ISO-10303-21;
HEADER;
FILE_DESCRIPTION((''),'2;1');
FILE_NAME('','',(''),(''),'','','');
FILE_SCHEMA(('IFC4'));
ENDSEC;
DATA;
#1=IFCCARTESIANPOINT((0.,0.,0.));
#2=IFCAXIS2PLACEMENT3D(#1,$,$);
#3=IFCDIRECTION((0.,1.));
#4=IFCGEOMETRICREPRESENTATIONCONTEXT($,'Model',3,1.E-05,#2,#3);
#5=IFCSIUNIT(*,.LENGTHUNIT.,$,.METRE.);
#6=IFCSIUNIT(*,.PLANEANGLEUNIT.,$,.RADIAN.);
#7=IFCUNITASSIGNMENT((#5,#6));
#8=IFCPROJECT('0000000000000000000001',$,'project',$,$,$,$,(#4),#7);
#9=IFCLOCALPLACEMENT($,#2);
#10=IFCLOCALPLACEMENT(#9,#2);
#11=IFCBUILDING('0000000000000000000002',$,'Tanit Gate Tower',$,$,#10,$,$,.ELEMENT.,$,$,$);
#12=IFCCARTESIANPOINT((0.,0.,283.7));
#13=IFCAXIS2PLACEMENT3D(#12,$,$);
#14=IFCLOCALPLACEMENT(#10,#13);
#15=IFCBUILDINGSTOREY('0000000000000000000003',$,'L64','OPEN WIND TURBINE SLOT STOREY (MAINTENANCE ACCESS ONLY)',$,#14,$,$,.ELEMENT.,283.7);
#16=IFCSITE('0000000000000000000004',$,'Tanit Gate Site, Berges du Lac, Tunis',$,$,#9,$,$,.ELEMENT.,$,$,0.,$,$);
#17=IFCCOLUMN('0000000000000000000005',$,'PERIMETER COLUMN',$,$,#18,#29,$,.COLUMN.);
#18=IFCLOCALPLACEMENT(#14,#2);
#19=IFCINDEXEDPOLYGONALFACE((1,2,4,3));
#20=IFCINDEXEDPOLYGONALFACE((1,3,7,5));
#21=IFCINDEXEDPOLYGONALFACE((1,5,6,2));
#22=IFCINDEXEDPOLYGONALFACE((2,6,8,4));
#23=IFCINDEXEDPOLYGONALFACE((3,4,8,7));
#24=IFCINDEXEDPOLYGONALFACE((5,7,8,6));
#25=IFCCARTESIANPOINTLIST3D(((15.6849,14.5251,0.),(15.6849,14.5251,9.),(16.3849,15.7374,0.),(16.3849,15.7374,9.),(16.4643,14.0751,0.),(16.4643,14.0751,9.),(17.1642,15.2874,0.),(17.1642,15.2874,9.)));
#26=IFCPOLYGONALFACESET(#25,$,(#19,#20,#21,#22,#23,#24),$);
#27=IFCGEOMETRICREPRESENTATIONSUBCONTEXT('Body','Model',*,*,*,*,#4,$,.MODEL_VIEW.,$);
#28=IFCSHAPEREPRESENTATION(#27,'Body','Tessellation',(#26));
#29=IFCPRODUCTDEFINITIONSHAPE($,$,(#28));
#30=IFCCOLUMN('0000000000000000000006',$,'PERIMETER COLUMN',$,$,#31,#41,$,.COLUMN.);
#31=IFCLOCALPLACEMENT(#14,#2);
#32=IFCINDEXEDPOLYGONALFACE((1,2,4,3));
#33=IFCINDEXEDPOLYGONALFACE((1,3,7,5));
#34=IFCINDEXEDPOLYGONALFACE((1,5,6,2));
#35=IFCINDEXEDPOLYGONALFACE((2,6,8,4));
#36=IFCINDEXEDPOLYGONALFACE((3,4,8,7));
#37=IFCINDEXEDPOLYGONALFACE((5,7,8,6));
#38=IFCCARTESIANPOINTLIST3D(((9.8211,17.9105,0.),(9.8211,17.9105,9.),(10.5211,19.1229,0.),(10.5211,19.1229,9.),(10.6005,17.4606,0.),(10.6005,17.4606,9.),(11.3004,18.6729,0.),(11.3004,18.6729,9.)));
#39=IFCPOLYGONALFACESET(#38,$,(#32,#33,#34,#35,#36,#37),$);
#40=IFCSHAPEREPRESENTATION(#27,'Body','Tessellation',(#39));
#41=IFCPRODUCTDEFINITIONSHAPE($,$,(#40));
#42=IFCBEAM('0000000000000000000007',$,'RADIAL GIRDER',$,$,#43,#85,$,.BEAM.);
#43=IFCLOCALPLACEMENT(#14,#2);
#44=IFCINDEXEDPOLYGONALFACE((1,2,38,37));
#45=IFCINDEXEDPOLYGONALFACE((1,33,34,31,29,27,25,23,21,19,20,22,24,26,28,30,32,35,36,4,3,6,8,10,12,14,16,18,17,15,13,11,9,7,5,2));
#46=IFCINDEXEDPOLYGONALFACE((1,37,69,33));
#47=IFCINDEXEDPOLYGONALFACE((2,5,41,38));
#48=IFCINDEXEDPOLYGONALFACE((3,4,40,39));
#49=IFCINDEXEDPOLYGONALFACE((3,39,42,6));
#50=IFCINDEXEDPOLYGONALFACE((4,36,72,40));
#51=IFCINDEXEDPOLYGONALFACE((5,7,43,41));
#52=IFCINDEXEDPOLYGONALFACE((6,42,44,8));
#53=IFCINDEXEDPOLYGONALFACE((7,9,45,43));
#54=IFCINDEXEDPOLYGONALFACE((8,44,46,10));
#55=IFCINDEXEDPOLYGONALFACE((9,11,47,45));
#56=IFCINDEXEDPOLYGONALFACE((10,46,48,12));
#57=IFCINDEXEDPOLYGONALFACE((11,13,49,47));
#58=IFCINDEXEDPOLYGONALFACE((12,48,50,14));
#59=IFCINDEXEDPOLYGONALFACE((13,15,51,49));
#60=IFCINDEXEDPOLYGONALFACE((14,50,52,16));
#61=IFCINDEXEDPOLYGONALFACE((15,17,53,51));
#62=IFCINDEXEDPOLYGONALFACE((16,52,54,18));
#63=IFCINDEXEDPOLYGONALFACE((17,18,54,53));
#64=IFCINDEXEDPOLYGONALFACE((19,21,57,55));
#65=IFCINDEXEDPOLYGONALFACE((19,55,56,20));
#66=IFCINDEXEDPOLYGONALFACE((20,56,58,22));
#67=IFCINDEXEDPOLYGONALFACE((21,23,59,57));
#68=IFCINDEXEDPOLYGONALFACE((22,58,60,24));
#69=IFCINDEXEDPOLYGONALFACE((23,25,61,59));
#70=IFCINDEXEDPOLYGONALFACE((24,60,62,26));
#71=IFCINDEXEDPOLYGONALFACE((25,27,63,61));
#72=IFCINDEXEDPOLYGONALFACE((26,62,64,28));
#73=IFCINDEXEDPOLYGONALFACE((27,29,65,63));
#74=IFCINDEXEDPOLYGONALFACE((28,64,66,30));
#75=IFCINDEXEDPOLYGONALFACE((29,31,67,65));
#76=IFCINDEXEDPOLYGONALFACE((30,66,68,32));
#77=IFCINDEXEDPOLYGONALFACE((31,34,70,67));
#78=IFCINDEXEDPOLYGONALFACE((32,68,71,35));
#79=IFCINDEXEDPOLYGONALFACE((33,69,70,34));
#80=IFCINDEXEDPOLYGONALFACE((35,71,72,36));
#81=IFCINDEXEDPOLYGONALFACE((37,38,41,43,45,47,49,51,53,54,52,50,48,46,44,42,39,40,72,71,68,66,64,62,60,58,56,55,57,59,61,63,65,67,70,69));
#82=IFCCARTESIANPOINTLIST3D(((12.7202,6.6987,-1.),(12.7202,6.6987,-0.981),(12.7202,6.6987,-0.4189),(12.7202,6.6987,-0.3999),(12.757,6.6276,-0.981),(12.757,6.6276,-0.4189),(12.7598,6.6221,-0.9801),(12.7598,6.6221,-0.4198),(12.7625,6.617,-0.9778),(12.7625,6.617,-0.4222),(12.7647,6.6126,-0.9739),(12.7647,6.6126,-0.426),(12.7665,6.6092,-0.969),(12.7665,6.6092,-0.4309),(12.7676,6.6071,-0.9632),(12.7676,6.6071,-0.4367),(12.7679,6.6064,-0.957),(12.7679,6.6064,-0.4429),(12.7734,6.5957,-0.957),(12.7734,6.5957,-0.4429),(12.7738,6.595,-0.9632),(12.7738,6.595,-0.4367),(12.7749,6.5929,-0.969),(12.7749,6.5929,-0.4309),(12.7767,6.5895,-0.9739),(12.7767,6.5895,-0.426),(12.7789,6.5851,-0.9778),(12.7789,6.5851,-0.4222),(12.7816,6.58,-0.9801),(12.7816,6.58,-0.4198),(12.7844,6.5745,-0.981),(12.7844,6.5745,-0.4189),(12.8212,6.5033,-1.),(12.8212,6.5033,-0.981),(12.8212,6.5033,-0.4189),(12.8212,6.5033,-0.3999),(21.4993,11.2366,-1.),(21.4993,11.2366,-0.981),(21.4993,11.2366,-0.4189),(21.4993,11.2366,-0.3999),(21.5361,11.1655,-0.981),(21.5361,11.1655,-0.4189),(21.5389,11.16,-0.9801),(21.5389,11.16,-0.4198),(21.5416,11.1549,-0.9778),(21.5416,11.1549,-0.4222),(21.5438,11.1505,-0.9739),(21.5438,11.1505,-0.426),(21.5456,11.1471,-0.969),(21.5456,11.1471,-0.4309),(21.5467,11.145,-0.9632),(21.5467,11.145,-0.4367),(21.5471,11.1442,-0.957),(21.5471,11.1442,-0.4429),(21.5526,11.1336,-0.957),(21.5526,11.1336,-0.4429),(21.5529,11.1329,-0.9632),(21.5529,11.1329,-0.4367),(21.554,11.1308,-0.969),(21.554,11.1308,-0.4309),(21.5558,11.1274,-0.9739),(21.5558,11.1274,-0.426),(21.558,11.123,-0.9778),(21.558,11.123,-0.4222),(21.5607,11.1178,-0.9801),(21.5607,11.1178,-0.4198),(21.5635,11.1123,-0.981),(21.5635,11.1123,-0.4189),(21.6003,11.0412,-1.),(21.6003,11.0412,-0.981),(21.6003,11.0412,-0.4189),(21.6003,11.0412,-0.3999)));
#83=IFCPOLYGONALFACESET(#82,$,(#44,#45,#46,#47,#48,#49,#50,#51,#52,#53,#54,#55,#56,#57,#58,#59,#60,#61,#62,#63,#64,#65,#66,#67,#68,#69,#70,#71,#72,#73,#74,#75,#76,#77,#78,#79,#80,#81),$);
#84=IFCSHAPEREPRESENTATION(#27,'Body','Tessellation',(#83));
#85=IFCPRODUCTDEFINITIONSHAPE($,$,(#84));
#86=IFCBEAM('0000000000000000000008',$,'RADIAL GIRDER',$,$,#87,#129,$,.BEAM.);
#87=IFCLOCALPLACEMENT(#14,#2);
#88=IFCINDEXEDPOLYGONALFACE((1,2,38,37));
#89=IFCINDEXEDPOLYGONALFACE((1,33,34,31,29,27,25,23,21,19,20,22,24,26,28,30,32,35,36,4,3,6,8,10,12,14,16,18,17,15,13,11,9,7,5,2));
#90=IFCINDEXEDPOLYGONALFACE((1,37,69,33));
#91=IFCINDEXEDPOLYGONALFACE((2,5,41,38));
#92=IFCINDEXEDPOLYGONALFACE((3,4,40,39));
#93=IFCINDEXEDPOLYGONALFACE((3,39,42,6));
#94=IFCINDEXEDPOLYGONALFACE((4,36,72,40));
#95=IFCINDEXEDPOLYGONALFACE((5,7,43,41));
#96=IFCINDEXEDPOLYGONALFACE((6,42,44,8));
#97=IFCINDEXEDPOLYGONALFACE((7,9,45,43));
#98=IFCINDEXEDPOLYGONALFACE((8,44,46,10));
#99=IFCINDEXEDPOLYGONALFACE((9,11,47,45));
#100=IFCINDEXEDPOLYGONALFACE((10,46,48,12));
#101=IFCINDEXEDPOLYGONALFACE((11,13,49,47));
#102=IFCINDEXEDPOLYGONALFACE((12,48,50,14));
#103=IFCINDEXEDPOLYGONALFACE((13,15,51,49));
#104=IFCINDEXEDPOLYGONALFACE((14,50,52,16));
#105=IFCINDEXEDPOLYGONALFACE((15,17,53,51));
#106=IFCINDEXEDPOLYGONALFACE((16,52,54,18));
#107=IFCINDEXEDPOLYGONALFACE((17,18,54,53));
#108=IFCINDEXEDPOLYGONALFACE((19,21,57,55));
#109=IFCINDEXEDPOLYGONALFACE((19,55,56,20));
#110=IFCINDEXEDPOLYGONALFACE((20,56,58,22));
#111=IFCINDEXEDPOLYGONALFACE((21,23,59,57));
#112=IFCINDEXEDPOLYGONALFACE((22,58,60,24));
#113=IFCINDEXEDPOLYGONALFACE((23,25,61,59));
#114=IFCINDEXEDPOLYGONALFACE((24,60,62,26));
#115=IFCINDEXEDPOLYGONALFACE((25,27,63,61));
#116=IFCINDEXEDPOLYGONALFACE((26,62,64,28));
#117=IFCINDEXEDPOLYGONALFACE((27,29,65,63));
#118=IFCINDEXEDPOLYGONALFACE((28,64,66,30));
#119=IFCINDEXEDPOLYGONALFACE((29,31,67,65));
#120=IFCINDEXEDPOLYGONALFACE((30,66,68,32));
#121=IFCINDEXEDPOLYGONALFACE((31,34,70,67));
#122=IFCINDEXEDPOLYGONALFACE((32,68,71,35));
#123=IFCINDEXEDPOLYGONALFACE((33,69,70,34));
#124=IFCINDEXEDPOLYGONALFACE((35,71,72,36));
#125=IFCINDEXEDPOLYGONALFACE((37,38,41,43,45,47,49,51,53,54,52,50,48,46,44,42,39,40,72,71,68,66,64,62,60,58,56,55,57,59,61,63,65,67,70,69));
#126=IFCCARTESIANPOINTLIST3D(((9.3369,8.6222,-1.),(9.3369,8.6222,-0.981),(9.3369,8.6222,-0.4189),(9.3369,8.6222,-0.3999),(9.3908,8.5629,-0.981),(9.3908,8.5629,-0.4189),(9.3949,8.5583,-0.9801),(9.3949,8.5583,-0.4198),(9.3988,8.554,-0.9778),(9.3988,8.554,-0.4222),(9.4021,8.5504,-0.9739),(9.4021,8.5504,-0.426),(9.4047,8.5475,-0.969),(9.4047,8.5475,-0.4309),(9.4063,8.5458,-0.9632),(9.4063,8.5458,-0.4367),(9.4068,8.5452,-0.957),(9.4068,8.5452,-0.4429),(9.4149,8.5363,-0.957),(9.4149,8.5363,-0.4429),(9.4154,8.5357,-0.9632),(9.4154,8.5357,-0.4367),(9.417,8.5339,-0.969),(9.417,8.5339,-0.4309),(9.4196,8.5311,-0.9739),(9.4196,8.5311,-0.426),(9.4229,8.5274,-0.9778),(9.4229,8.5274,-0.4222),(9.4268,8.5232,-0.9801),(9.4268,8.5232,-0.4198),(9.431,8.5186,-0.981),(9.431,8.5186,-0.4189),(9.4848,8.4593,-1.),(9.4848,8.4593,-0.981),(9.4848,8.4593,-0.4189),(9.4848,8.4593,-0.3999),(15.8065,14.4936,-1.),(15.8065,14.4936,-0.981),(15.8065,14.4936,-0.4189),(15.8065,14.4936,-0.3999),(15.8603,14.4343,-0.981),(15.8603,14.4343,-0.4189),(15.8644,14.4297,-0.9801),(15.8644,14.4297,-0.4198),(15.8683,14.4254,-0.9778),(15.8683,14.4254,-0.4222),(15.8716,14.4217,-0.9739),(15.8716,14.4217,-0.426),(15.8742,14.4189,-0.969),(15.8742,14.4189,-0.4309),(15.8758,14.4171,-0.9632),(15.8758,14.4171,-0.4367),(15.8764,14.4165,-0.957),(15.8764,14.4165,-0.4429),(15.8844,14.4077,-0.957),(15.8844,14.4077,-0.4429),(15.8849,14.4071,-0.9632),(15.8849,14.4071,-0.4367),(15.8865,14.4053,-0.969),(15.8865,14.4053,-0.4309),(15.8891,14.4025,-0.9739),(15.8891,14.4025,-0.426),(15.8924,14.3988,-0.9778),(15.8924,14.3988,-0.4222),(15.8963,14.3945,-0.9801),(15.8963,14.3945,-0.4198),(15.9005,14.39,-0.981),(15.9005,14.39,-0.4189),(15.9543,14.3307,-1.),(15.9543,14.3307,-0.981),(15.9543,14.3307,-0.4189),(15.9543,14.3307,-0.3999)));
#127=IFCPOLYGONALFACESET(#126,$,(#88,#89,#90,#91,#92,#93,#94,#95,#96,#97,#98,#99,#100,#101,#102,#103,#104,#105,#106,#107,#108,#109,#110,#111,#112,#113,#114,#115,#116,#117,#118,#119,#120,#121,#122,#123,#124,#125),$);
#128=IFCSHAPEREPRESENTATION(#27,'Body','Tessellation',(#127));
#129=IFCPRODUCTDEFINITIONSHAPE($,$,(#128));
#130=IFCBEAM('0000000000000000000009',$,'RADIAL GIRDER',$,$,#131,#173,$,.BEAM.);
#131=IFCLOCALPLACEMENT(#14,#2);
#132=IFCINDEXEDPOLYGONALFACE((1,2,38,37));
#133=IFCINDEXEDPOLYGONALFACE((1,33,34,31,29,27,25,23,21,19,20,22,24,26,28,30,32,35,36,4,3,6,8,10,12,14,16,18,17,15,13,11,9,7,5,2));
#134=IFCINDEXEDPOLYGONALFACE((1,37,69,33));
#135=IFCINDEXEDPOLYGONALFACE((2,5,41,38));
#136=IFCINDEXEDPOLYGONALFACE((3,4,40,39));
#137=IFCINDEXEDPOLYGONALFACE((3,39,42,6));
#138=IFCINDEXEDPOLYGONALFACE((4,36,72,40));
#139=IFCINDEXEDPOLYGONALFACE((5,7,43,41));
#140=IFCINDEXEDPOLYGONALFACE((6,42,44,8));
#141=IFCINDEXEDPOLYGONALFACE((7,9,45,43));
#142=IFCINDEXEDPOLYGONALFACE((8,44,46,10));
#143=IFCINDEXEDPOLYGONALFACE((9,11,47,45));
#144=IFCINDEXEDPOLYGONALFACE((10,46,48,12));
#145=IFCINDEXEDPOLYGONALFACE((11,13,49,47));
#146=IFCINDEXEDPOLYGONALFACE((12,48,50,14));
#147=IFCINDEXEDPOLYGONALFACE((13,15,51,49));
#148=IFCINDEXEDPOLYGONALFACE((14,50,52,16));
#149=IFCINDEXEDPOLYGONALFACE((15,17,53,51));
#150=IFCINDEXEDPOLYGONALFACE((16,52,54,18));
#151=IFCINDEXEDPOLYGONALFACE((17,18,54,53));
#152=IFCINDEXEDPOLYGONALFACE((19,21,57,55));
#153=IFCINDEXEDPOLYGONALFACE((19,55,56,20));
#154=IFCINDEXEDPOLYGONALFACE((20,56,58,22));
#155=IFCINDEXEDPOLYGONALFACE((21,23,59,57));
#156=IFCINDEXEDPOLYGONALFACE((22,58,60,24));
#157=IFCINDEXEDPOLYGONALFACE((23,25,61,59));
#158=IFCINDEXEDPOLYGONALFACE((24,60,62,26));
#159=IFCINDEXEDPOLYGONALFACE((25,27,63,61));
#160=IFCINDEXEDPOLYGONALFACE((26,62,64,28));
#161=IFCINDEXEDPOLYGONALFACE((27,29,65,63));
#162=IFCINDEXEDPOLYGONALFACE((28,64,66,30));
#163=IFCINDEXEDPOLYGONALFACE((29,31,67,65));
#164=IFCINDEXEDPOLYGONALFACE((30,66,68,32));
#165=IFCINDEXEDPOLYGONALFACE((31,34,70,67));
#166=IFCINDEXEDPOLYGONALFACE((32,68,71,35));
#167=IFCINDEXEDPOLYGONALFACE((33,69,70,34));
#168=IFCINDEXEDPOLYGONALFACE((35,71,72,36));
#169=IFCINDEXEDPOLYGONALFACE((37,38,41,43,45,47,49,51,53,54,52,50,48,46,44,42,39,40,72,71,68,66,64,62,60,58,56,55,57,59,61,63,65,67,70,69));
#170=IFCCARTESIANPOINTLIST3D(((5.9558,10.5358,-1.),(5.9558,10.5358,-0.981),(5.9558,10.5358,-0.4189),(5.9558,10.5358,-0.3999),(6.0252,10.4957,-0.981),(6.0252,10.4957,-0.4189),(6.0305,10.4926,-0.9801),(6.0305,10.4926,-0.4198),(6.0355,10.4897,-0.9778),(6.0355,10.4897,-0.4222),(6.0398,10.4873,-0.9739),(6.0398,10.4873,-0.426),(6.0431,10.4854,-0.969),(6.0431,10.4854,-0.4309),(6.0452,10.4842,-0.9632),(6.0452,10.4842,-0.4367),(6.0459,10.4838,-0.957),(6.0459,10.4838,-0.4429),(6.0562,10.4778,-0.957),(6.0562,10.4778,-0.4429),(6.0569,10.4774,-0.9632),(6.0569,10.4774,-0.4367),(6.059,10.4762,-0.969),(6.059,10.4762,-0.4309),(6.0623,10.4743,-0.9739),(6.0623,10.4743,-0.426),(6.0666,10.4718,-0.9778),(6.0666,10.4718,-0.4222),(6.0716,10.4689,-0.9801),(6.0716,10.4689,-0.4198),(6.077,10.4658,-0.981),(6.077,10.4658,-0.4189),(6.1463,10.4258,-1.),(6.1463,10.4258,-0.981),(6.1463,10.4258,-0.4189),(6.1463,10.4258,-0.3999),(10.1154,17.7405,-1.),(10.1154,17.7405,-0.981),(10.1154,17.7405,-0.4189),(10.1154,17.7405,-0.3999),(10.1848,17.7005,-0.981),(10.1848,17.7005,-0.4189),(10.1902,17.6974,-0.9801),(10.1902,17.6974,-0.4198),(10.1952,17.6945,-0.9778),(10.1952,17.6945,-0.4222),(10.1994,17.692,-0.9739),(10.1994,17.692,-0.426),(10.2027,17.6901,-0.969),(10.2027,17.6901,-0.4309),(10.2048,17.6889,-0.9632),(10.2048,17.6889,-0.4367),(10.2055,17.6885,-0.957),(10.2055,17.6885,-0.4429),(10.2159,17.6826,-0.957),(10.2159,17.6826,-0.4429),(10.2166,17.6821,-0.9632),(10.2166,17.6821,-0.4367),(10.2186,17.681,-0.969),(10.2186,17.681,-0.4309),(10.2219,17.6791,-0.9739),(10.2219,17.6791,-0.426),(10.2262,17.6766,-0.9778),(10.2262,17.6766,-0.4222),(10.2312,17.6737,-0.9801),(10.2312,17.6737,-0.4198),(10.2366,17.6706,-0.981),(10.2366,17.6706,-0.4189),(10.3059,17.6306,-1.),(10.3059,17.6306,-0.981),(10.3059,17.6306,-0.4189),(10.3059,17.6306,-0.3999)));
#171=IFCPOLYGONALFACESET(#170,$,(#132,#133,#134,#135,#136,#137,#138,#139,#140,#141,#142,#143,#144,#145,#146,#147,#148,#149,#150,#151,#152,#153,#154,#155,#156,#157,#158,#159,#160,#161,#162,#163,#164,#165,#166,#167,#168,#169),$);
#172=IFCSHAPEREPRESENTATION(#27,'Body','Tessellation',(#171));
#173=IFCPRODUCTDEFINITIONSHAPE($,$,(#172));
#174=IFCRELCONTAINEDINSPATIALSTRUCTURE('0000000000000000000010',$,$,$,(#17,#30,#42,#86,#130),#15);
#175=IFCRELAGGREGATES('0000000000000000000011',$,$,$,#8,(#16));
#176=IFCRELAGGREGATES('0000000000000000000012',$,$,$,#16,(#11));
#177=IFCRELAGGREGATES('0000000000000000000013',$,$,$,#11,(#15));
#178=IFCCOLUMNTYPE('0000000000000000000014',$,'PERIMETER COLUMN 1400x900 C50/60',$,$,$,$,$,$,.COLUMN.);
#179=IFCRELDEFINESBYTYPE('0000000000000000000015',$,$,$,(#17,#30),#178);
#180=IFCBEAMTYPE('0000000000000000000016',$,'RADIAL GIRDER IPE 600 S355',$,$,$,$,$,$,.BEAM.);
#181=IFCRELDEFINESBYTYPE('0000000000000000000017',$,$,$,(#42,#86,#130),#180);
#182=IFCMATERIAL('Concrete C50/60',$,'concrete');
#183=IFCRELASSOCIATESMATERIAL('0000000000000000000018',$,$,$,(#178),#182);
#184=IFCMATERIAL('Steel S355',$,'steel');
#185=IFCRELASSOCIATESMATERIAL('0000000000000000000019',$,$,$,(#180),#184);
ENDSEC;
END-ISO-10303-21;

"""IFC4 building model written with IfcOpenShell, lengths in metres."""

from ifc_helpers import new_model, si_unit, direction, frame, origin, origin_2d, place, context, subcontext, project, spatial, rectangle, i_section, extrude, material, material_profile, profile_set, type_object, element, save


model = new_model("IFC4")

# Units and contexts
model_context = context("Model", 3, precision=1e-05, world=origin(), true_north=direction((0.0, 1.0)))
body_context = subcontext(model_context, "Body", "Model", "MODEL_VIEW")
ifc_project = project(units=[si_unit("LENGTHUNIT", "METRE"), si_unit("PLANEANGLEUNIT", "RADIAN")], contexts=[model_context])

# Site, building, storey
site_placement = place(None, origin())
site = spatial("IfcSite", under=ifc_project, at=site_placement, Name="Tanit Gate Site, Berges du Lac, Tunis", CompositionType="ELEMENT", RefElevation=0.0)
building_placement = place(site_placement, origin())
building = spatial("IfcBuilding", under=site, at=building_placement, Name="Tanit Gate Tower", CompositionType="ELEMENT")
storey_placement = place(building_placement, frame((0.0, 0.0, 283.7)))
storey = spatial("IfcBuildingStorey", under=building, at=storey_placement, Name="L64", Description="OPEN WIND TURBINE SLOT STOREY (MAINTENANCE ACCESS ONLY)", CompositionType="ELEMENT", Elevation=283.7)

# Columns
ifc_material_1 = material(Name="Concrete C50/60", Category="concrete")
ifc_material_profile_1 = material_profile(ifc_material_1, rectangle(XDim=1.3999, YDim=0.8999, at=origin_2d()), Name="RC 1400x900")
ifc_profile_set_1 = profile_set([ifc_material_profile_1], Name="Concrete C50/60")
column_type = type_object("IfcColumnType", Name="PERIMETER COLUMN 1400x900 C50/60", PredefinedType="COLUMN", material=ifc_profile_set_1)
for number, where, z_axis, x_axis, name in (
    (1, (16.4246, 14.9062, 0.0), (0.0, 0.0, 1.0), (0.5, 0.866025, 0.0), "PERIMETER COLUMN"),
    (2, (10.5608, 18.2917, 0.0), (0.0, 0.0, 1.0), (0.5, 0.866025, 0.0), "PERIMETER COLUMN"),
):
    element("IfcColumn", number, at=place(storey_placement, frame(where, z_axis=z_axis, x_axis=x_axis)), inside=storey, type_object=column_type, Name=name, PredefinedType="COLUMN", context=body_context, shape_type="SweptSolid", body=[
        extrude(rectangle(XDim=1.3999, YDim=0.8999, at=origin_2d()), origin(), (0.0, 0.0, 1.0), 9.0),
    ])

# Beams
ifc_material_2 = material(Name="Steel S355", Category="steel")
ifc_material_profile_2 = material_profile(ifc_material_2, i_section(OverallWidth=0.22, OverallDepth=0.6001, WebThickness=0.012, FlangeThickness=0.019, FilletRadius=0.0239, at=origin_2d()), Name="IPE 600")
ifc_profile_set_2 = profile_set([ifc_material_profile_2], Name="Steel S355")
beam_type = type_object("IfcBeamType", Name="RADIAL GIRDER IPE 600 S355", PredefinedType="BEAM", material=ifc_profile_set_2)
beam_1_placement = place(storey_placement, frame((21.5498, 11.1389, -0.7), z_axis=(-0.888343, -0.45918, 0.0), x_axis=(0.45918, -0.888343, 0.0)))
element("IfcBeam", 3, at=beam_1_placement, inside=storey, type_object=beam_type, Name="RADIAL GIRDER", PredefinedType="BEAM", context=body_context, shape_type="SweptSolid", body=[
    extrude(i_section(OverallWidth=0.22, OverallDepth=0.6001, WebThickness=0.012, FlangeThickness=0.019, FilletRadius=0.0239, at=origin_2d()), origin(), (0.0, 0.0, 1.0), 9.8826),
])
beam_2_placement = place(storey_placement, frame((15.8804, 14.4121, -0.7), z_axis=(-0.74051, -0.672045, 0.0), x_axis=(0.672045, -0.74051, 0.0)))
element("IfcBeam", 4, at=beam_2_placement, inside=storey, type_object=beam_type, Name="RADIAL GIRDER", PredefinedType="BEAM", context=body_context, shape_type="SweptSolid", body=[
    extrude(i_section(OverallWidth=0.22, OverallDepth=0.6001, WebThickness=0.012, FlangeThickness=0.019, FilletRadius=0.0239, at=origin_2d()), origin(), (0.0, 0.0, 1.0), 8.7366),
])
beam_3_placement = place(storey_placement, frame((10.2107, 17.6855, -0.7), z_axis=(-0.499996, -0.866028, 0.0), x_axis=(0.866028, -0.499996, 0.0)))
element("IfcBeam", 5, at=beam_3_placement, inside=storey, type_object=beam_type, Name="RADIAL GIRDER", PredefinedType="BEAM", context=body_context, shape_type="SweptSolid", body=[
    extrude(i_section(OverallWidth=0.22, OverallDepth=0.6001, WebThickness=0.012, FlangeThickness=0.019, FilletRadius=0.0239, at=origin_2d()), origin(), (0.0, 0.0, 1.0), 8.3193),
])

save(model, "model.ifc")
